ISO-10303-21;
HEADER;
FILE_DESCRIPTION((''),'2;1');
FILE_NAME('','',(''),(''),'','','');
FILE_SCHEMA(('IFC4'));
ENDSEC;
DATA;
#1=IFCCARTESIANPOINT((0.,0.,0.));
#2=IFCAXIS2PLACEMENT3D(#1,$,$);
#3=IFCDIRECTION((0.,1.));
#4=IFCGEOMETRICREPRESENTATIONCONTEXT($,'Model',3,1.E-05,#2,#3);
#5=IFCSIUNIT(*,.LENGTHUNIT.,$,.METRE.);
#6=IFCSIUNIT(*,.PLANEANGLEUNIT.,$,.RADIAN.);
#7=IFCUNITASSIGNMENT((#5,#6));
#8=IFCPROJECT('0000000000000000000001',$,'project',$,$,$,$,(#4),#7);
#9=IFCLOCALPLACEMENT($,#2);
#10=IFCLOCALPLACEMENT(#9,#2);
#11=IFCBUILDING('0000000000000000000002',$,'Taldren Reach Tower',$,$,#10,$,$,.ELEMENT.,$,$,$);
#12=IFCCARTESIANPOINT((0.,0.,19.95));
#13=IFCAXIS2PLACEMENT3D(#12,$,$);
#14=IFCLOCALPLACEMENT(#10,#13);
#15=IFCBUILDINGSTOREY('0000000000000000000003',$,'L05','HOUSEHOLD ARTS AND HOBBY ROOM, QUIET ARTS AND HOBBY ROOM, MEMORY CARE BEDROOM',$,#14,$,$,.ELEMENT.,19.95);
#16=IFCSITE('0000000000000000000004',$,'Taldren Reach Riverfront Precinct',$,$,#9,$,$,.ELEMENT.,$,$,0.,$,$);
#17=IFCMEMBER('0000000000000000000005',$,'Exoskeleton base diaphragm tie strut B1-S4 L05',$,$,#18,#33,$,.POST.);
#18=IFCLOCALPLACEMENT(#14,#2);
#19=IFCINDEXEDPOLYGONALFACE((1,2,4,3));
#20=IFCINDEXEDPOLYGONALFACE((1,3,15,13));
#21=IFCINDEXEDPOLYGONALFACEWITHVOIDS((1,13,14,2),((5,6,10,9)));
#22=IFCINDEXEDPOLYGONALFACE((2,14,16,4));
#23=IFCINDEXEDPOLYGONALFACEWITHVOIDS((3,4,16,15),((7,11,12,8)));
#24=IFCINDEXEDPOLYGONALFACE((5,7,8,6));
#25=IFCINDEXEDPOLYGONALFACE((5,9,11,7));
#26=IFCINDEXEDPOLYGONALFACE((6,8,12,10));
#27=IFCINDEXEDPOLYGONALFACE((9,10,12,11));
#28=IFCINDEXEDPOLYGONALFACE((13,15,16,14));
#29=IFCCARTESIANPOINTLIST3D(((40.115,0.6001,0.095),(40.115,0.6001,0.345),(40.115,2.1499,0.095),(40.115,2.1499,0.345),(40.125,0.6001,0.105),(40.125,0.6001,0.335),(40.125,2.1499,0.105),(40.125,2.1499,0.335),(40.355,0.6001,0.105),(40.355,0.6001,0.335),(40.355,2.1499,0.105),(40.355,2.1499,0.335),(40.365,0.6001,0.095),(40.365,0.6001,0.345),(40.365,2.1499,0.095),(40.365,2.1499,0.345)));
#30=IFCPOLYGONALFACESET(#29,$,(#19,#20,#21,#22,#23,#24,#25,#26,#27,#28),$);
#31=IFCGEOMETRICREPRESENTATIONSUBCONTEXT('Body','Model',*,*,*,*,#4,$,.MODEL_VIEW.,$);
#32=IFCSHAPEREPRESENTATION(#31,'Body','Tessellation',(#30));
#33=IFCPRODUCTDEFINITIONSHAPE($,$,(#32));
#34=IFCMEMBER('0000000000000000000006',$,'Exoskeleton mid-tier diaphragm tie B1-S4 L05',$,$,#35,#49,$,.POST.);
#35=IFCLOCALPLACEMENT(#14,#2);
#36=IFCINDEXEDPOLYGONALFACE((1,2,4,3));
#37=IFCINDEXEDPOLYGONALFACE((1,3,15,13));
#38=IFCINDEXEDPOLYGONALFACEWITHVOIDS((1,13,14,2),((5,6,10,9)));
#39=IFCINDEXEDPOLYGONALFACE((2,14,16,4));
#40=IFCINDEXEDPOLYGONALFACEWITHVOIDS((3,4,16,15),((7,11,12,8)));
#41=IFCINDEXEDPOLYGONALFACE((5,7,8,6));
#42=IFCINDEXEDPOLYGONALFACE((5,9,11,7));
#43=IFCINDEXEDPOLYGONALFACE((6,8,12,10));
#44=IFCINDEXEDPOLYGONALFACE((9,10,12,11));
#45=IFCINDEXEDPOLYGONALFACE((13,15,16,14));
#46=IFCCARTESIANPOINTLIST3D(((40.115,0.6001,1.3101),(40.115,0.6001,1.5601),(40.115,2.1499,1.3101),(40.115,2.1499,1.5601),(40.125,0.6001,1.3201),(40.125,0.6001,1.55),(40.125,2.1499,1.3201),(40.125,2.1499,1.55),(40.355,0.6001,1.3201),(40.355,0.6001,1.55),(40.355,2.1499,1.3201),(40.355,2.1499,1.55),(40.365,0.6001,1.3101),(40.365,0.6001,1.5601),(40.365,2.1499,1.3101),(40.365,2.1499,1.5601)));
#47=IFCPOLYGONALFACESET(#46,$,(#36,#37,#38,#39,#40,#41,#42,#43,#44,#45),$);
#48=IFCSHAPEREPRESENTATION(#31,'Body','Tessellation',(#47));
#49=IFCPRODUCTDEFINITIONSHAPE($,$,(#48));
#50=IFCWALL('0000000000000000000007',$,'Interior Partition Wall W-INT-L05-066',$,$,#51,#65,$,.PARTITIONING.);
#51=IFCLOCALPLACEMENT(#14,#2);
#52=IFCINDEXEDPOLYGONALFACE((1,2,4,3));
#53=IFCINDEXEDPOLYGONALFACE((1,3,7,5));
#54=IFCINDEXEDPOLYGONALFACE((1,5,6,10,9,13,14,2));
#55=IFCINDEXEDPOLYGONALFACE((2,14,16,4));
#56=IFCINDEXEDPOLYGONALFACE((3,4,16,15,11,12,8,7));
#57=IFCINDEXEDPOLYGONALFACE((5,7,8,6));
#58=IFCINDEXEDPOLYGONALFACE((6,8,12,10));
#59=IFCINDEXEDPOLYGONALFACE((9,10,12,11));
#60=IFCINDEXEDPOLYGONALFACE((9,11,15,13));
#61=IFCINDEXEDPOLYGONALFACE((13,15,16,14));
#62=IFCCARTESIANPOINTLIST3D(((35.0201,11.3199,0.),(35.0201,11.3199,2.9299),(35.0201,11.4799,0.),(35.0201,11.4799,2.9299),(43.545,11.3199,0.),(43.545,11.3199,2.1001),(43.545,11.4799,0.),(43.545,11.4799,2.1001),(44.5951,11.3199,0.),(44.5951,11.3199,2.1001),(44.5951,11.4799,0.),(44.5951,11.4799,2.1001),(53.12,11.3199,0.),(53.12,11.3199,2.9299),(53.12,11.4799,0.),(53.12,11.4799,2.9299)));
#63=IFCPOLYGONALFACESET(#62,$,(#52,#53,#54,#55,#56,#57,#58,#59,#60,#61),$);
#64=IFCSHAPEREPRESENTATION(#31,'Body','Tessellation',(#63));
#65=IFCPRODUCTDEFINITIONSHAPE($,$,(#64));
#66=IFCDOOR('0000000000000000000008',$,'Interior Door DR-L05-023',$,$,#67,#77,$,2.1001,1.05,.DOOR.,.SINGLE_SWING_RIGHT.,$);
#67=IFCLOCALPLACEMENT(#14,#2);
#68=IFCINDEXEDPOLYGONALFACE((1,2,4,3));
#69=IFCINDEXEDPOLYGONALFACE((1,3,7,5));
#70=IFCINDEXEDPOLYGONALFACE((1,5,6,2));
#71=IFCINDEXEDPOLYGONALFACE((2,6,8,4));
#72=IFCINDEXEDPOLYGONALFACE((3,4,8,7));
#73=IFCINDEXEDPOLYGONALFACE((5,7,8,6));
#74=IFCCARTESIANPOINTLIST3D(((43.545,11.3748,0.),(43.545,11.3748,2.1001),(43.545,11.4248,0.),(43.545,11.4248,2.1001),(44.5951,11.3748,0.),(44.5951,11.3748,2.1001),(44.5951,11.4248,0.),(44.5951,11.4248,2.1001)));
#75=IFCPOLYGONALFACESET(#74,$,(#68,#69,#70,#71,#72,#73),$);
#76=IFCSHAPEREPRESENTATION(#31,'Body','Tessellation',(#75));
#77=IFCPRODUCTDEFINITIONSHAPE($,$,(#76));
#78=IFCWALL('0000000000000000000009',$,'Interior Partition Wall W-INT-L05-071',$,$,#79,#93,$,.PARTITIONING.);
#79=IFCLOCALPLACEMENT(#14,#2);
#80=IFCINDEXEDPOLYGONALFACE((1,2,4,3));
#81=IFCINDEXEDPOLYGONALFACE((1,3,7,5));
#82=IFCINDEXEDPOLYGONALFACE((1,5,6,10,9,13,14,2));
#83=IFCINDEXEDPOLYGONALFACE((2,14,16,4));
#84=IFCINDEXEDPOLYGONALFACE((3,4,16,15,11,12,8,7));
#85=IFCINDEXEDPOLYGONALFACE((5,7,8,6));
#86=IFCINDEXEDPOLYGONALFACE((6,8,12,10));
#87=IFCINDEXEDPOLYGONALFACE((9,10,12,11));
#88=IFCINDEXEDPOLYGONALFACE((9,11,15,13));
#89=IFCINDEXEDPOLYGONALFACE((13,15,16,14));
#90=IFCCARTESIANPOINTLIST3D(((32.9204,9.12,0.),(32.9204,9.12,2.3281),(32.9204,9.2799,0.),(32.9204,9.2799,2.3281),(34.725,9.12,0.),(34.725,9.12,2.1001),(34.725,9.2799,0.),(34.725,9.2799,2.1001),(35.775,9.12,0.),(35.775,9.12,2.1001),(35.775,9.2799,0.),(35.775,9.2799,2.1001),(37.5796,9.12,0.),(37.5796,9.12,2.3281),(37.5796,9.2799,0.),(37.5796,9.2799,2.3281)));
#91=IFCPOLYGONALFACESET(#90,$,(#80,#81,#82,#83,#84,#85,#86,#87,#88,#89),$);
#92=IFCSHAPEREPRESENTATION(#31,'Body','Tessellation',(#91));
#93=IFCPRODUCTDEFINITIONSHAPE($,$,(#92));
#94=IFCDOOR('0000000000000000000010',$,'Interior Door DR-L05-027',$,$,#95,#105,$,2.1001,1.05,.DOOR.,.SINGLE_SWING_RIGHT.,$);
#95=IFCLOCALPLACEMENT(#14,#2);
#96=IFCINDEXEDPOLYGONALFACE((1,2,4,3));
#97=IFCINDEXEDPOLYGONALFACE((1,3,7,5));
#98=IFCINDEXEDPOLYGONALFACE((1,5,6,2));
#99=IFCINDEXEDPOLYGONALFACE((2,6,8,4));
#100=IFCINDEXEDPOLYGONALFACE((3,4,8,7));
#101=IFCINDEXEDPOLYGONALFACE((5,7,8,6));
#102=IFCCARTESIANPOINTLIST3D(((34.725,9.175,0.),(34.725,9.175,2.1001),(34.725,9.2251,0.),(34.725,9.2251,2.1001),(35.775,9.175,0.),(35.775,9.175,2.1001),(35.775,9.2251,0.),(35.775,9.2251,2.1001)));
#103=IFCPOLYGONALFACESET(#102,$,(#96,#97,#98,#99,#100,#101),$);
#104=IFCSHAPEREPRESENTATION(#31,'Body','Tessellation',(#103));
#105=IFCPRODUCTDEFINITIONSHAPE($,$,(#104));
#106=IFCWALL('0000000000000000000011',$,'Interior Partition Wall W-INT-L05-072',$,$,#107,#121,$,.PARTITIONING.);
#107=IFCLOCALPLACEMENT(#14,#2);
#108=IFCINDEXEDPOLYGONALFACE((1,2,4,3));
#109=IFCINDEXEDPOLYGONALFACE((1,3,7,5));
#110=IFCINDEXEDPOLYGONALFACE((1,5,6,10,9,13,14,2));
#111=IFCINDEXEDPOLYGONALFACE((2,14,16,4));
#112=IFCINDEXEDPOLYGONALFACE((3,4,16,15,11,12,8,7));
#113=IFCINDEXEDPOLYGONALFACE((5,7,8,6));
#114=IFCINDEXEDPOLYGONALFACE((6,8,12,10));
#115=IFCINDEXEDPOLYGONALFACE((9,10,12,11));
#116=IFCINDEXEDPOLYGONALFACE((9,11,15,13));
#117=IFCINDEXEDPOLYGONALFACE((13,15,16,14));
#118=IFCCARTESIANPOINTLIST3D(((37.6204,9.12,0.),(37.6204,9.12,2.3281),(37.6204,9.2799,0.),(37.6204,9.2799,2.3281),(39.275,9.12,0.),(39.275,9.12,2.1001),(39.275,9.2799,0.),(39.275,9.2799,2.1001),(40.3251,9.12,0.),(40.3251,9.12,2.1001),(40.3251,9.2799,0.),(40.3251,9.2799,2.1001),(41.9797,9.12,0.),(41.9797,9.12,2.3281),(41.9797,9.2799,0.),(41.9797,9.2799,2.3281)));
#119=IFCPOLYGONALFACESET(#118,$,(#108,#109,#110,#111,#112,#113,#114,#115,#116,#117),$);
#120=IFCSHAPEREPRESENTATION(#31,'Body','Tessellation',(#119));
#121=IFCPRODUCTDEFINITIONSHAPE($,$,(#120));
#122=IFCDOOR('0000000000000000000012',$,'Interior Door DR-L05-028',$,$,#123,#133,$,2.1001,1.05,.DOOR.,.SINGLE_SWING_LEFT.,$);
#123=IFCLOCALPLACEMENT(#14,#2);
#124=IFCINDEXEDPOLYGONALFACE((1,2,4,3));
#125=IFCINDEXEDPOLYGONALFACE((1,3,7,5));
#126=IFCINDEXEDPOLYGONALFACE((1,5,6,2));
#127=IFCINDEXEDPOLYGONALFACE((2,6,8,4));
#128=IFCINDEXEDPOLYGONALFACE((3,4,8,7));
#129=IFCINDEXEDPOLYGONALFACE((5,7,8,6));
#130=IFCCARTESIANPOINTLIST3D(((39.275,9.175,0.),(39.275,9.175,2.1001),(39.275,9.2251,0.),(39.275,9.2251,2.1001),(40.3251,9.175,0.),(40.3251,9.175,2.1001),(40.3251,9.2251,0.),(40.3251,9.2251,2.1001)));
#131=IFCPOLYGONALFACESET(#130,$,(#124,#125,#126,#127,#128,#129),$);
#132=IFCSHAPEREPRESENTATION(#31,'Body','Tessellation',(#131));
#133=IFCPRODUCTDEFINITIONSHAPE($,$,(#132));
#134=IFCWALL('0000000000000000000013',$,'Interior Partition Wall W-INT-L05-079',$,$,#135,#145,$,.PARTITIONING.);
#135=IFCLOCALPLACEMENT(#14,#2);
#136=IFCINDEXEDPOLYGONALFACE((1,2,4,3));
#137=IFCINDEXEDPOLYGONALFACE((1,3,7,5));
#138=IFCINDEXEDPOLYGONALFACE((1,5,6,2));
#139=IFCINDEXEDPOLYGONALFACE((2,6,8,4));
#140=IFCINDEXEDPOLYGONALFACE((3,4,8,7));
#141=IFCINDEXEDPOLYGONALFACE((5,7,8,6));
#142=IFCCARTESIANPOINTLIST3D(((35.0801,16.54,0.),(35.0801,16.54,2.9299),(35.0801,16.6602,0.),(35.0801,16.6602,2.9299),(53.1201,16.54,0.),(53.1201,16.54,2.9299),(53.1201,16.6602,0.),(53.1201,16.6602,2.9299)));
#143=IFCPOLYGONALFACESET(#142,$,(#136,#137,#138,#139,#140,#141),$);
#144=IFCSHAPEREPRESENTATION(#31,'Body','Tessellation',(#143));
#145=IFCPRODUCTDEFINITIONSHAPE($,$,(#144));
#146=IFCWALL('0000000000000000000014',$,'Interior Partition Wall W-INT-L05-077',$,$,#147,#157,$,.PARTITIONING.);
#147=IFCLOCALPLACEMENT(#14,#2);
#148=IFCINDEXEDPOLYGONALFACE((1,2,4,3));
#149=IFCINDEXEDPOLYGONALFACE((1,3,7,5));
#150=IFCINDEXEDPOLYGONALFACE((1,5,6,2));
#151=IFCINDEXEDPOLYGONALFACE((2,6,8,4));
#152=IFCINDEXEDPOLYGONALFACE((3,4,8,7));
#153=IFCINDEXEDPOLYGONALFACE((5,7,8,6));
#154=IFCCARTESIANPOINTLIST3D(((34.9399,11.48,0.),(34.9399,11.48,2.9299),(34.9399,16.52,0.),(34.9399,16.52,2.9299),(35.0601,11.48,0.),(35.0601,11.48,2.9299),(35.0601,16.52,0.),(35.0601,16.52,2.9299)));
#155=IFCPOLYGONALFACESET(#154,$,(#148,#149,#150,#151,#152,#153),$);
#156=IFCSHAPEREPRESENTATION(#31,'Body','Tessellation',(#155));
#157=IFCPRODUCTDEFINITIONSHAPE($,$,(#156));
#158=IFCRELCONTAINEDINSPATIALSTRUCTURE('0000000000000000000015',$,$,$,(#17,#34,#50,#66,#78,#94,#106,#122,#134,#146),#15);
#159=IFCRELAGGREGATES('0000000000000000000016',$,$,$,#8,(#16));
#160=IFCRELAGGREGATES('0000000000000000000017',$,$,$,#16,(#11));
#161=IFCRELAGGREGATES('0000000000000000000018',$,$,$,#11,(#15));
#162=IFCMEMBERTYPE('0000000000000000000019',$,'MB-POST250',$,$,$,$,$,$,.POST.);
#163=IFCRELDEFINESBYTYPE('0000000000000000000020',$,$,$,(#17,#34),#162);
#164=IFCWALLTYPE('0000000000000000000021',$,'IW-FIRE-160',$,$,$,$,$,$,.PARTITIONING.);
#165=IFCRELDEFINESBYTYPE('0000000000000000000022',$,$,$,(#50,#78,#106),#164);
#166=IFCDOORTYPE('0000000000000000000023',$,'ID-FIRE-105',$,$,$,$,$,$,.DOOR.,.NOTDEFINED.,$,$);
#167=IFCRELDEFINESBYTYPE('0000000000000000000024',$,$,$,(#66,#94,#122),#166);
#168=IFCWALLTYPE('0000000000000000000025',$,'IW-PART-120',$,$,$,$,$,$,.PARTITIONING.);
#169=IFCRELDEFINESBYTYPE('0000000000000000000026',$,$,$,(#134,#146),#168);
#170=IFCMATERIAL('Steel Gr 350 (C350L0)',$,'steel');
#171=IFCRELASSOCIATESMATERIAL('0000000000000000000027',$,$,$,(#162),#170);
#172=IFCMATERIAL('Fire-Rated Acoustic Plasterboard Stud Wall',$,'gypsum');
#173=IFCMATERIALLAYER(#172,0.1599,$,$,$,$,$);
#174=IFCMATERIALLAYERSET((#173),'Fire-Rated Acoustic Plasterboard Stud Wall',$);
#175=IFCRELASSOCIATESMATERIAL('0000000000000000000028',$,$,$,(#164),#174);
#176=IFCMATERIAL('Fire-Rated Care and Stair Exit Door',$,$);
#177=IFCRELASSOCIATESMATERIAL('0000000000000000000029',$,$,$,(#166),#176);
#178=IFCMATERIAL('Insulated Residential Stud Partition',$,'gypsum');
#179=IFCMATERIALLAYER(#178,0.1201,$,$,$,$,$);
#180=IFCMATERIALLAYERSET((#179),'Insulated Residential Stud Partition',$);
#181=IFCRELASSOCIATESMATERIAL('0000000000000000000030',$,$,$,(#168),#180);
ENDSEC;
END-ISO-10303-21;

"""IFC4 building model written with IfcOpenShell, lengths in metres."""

from ifc_helpers import new_model, si_unit, direction, frame, frame_2d, origin, origin_2d, place, context, subcontext, project, spatial, rectangle, hollow_rectangle, extrude, source, transform, mapped, material, layer, layer_set, material_profile, profile_set, type_object, element, fill, save


model = new_model("IFC4")

# Units and contexts
model_context = context("Model", 3, precision=1e-05, world=origin(), true_north=direction((0.0, 1.0)))
body_context = subcontext(model_context, "Body", "Model", "MODEL_VIEW")
ifc_project = project(units=[si_unit("LENGTHUNIT", "METRE"), si_unit("PLANEANGLEUNIT", "RADIAN")], contexts=[model_context])

# Site, building, storey
site_placement = place(None, origin())
site = spatial("IfcSite", under=ifc_project, at=site_placement, Name="Taldren Reach Riverfront Precinct", CompositionType="ELEMENT", RefElevation=0.0)
building_placement = place(site_placement, origin())
building = spatial("IfcBuilding", under=site, at=building_placement, Name="Taldren Reach Tower", CompositionType="ELEMENT")
storey_placement = place(building_placement, frame((0.0, 0.0, 19.95)))
storey = spatial("IfcBuildingStorey", under=building, at=storey_placement, Name="L05", Description="HOUSEHOLD ARTS AND HOBBY ROOM, QUIET ARTS AND HOBBY ROOM, MEMORY CARE BEDROOM", CompositionType="ELEMENT", Elevation=19.95)

# Members
ifc_material_1 = material(Name="Steel Gr 350 (C350L0)", Category="steel")
ifc_material_profile_1 = material_profile(ifc_material_1, hollow_rectangle(XDim=0.25, YDim=0.25, WallThickness=0.01, at=origin_2d()), Name="250x250x10.0SHS")
ifc_profile_set_1 = profile_set([ifc_material_profile_1], Name="Steel Gr 350 (C350L0)")
member_type_1 = type_object("IfcMemberType", Name="MB-POST250", PredefinedType="POST", material=ifc_profile_set_1)
shared_shape_1 = source(origin(), body_context, "Body", "SweptSolid", [
    extrude(hollow_rectangle(XDim=0.25, YDim=0.25, WallThickness=0.01, at=origin_2d()), origin(), (0.0, 0.0, 1.0), 1.5498),
])
for number, where, z_axis, x_axis, name in (
    (1, (40.24, 2.1499, 0.22), (0.0, -1.0, 0.0), (1.0, 0.0, 0.0), "Exoskeleton base diaphragm tie strut B1-S4 L05"),
    (2, (40.24, 2.1499, 1.4351), (0.0, -1.0, 0.0), (1.0, 0.0, 0.0), "Exoskeleton mid-tier diaphragm tie B1-S4 L05"),
):
    element("IfcMember", number, at=place(storey_placement, frame(where, z_axis=z_axis, x_axis=x_axis)), inside=storey, type_object=member_type_1, Name=name, PredefinedType="POST", context=body_context, shape_type="MappedRepresentation", body=[
        mapped(shared_shape_1, transform((0.0, 0.0, 0.0), scale=1.0)),
    ])

# Walls, openings, doors
ifc_material_2 = material(Name="Fire-Rated Acoustic Plasterboard Stud Wall", Category="gypsum")
ifc_layer_1 = layer(ifc_material_2, 0.1599)
ifc_layer_set_1 = layer_set([ifc_layer_1], Name="Fire-Rated Acoustic Plasterboard Stud Wall")
wall_type_1 = type_object("IfcWallType", Name="IW-FIRE-160", PredefinedType="PARTITIONING", material=ifc_layer_set_1)
shared_shape_2 = source(origin(), body_context, "Body", "SweptSolid", [
    extrude(rectangle(XDim=18.0999, YDim=0.1599, at=frame_2d((9.0498, 0.0))), origin(), (0.0, 0.0, 1.0), 2.9299),
])
wall_1_placement = place(storey_placement, frame((35.0203, 11.3999, 0.0), z_axis=(0.0, 0.0, 1.0), x_axis=(1.0, 0.0, 0.0)))
wall_1 = element("IfcWall", 3, at=wall_1_placement, inside=storey, type_object=wall_type_1, Name="Interior Partition Wall W-INT-L05-066", PredefinedType="PARTITIONING", context=body_context, shape_type="MappedRepresentation", body=[
    mapped(shared_shape_2, transform((0.0, 0.0, 0.0), scale=1.0)),
])
shared_shape_3 = source(origin(), body_context, "Body", "SweptSolid", [
    extrude(rectangle(XDim=1.05, YDim=2.1001, at=frame_2d((0.5249, 1.05))), frame((0.0, 0.0898, 0.0), z_axis=(0.0, -1.0, 0.0), x_axis=(1.0, 0.0, 0.0)), (0.0, 0.0, 1.0), 0.1799),
])
opening_1_placement = place(wall_1_placement, frame((8.5249, 0.0, 0.0)))
opening_1 = element("IfcOpeningElement", 4, at=opening_1_placement, cuts=wall_1, PredefinedType="OPENING", context=body_context, shape_type="MappedRepresentation", body=[
    mapped(shared_shape_3, transform((0.0, 0.0, 0.0), scale=1.0)),
])
ifc_material_3 = material(Name="Fire-Rated Care and Stair Exit Door")
door_type_1 = type_object("IfcDoorType", Name="ID-FIRE-105", OperationType="NOTDEFINED", PredefinedType="DOOR", material=ifc_material_3)
shared_shape_4 = source(origin(), body_context, "Body", "SweptSolid", [
    extrude(rectangle(XDim=1.05, YDim=2.1001, at=frame_2d((0.5249, 1.05))), frame((0.0, 0.0249, 0.0), z_axis=(0.0, -1.0, 0.0), x_axis=(1.0, 0.0, 0.0)), (0.0, 0.0, 1.0), 0.05),
])
door_1_placement = place(opening_1_placement, origin())
door_1 = element("IfcDoor", 5, at=door_1_placement, inside=storey, type_object=door_type_1, Name="Interior Door DR-L05-023", OperationType="SINGLE_SWING_RIGHT", OverallHeight=2.1001, OverallWidth=1.05, PredefinedType="DOOR", context=body_context, shape_type="MappedRepresentation", body=[
    mapped(shared_shape_4, transform((0.0, 0.0, 0.0), scale=1.0)),
])
fill(opening_1, door_1)
shared_shape_5 = source(origin(), body_context, "Body", "SweptSolid", [
    extrude(rectangle(XDim=4.6592, YDim=0.1599, at=frame_2d((2.3296, 0.0))), origin(), (0.0, 0.0, 1.0), 2.3281),
])
wall_2_placement = place(storey_placement, frame((37.5796, 9.2, 0.0), z_axis=(0.0, 0.0, 1.0), x_axis=(-1.0, 0.0, 0.0)))
wall_2 = element("IfcWall", 6, at=wall_2_placement, inside=storey, type_object=wall_type_1, Name="Interior Partition Wall W-INT-L05-071", PredefinedType="PARTITIONING", context=body_context, shape_type="MappedRepresentation", body=[
    mapped(shared_shape_5, transform((0.0, 0.0, 0.0), scale=1.0)),
])
opening_2_placement = place(wall_2_placement, frame((1.8047, 0.0, 0.0)))
opening_2 = element("IfcOpeningElement", 7, at=opening_2_placement, cuts=wall_2, PredefinedType="OPENING", context=body_context, shape_type="MappedRepresentation", body=[
    mapped(shared_shape_3, transform((0.0, 0.0, 0.0), scale=1.0)),
])
door_2_placement = place(opening_2_placement, origin())
door_2 = element("IfcDoor", 8, at=door_2_placement, inside=storey, type_object=door_type_1, Name="Interior Door DR-L05-027", OperationType="SINGLE_SWING_RIGHT", OverallHeight=2.1001, OverallWidth=1.05, PredefinedType="DOOR", context=body_context, shape_type="MappedRepresentation", body=[
    mapped(shared_shape_4, transform((0.0, 0.0, 0.0), scale=1.0)),
])
fill(opening_2, door_2)
shared_shape_6 = source(origin(), body_context, "Body", "SweptSolid", [
    extrude(rectangle(XDim=4.3594, YDim=0.1599, at=frame_2d((2.1797, 0.0))), origin(), (0.0, 0.0, 1.0), 2.3281),
])
wall_3_placement = place(storey_placement, frame((41.9797, 9.2, 0.0), z_axis=(0.0, 0.0, 1.0), x_axis=(-1.0, 0.0, 0.0)))
wall_3 = element("IfcWall", 9, at=wall_3_placement, inside=storey, type_object=wall_type_1, Name="Interior Partition Wall W-INT-L05-072", PredefinedType="PARTITIONING", context=body_context, shape_type="MappedRepresentation", body=[
    mapped(shared_shape_6, transform((0.0, 0.0, 0.0), scale=1.0)),
])
opening_3_placement = place(wall_3_placement, frame((1.6548, 0.0, 0.0)))
opening_3 = element("IfcOpeningElement", 10, at=opening_3_placement, cuts=wall_3, PredefinedType="OPENING", context=body_context, shape_type="MappedRepresentation", body=[
    mapped(shared_shape_3, transform((0.0, 0.0, 0.0), scale=1.0)),
])
door_3_placement = place(opening_3_placement, origin())
door_3 = element("IfcDoor", 11, at=door_3_placement, inside=storey, type_object=door_type_1, Name="Interior Door DR-L05-028", OperationType="SINGLE_SWING_LEFT", OverallHeight=2.1001, OverallWidth=1.05, PredefinedType="DOOR", context=body_context, shape_type="MappedRepresentation", body=[
    mapped(shared_shape_4, transform((0.0, 0.0, 0.0), scale=1.0)),
])
fill(opening_3, door_3)

# Walls
ifc_material_4 = material(Name="Insulated Residential Stud Partition", Category="gypsum")
ifc_layer_2 = layer(ifc_material_4, 0.1201)
ifc_layer_set_2 = layer_set([ifc_layer_2], Name="Insulated Residential Stud Partition")
wall_type_2 = type_object("IfcWallType", Name="IW-PART-120", PredefinedType="PARTITIONING", material=ifc_layer_set_2)
shared_shape_7 = source(origin(), body_context, "Body", "SweptSolid", [
    extrude(rectangle(XDim=18.04, YDim=0.1201, at=frame_2d((9.02, 0.0))), origin(), (0.0, 0.0, 1.0), 2.9299),
])
wall_4_placement = place(storey_placement, frame((35.0801, 16.6001, 0.0), z_axis=(0.0, 0.0, 1.0), x_axis=(1.0, 0.0, 0.0)))
element("IfcWall", 12, at=wall_4_placement, inside=storey, type_object=wall_type_2, Name="Interior Partition Wall W-INT-L05-079", PredefinedType="PARTITIONING", context=body_context, shape_type="MappedRepresentation", body=[
    mapped(shared_shape_7, transform((0.0, 0.0, 0.0), scale=1.0)),
])
shared_shape_8 = source(origin(), body_context, "Body", "SweptSolid", [
    extrude(rectangle(XDim=5.04, YDim=0.1201, at=frame_2d((2.52, 0.0))), origin(), (0.0, 0.0, 1.0), 2.9299),
])
wall_5_placement = place(storey_placement, frame((35.0, 16.52, 0.0), z_axis=(0.0, 0.0, 1.0), x_axis=(0.0, -1.0, 0.0)))
element("IfcWall", 13, at=wall_5_placement, inside=storey, type_object=wall_type_2, Name="Interior Partition Wall W-INT-L05-077", PredefinedType="PARTITIONING", context=body_context, shape_type="MappedRepresentation", body=[
    mapped(shared_shape_8, transform((0.0, 0.0, 0.0), scale=1.0)),
])

save(model, "model.ifc")
